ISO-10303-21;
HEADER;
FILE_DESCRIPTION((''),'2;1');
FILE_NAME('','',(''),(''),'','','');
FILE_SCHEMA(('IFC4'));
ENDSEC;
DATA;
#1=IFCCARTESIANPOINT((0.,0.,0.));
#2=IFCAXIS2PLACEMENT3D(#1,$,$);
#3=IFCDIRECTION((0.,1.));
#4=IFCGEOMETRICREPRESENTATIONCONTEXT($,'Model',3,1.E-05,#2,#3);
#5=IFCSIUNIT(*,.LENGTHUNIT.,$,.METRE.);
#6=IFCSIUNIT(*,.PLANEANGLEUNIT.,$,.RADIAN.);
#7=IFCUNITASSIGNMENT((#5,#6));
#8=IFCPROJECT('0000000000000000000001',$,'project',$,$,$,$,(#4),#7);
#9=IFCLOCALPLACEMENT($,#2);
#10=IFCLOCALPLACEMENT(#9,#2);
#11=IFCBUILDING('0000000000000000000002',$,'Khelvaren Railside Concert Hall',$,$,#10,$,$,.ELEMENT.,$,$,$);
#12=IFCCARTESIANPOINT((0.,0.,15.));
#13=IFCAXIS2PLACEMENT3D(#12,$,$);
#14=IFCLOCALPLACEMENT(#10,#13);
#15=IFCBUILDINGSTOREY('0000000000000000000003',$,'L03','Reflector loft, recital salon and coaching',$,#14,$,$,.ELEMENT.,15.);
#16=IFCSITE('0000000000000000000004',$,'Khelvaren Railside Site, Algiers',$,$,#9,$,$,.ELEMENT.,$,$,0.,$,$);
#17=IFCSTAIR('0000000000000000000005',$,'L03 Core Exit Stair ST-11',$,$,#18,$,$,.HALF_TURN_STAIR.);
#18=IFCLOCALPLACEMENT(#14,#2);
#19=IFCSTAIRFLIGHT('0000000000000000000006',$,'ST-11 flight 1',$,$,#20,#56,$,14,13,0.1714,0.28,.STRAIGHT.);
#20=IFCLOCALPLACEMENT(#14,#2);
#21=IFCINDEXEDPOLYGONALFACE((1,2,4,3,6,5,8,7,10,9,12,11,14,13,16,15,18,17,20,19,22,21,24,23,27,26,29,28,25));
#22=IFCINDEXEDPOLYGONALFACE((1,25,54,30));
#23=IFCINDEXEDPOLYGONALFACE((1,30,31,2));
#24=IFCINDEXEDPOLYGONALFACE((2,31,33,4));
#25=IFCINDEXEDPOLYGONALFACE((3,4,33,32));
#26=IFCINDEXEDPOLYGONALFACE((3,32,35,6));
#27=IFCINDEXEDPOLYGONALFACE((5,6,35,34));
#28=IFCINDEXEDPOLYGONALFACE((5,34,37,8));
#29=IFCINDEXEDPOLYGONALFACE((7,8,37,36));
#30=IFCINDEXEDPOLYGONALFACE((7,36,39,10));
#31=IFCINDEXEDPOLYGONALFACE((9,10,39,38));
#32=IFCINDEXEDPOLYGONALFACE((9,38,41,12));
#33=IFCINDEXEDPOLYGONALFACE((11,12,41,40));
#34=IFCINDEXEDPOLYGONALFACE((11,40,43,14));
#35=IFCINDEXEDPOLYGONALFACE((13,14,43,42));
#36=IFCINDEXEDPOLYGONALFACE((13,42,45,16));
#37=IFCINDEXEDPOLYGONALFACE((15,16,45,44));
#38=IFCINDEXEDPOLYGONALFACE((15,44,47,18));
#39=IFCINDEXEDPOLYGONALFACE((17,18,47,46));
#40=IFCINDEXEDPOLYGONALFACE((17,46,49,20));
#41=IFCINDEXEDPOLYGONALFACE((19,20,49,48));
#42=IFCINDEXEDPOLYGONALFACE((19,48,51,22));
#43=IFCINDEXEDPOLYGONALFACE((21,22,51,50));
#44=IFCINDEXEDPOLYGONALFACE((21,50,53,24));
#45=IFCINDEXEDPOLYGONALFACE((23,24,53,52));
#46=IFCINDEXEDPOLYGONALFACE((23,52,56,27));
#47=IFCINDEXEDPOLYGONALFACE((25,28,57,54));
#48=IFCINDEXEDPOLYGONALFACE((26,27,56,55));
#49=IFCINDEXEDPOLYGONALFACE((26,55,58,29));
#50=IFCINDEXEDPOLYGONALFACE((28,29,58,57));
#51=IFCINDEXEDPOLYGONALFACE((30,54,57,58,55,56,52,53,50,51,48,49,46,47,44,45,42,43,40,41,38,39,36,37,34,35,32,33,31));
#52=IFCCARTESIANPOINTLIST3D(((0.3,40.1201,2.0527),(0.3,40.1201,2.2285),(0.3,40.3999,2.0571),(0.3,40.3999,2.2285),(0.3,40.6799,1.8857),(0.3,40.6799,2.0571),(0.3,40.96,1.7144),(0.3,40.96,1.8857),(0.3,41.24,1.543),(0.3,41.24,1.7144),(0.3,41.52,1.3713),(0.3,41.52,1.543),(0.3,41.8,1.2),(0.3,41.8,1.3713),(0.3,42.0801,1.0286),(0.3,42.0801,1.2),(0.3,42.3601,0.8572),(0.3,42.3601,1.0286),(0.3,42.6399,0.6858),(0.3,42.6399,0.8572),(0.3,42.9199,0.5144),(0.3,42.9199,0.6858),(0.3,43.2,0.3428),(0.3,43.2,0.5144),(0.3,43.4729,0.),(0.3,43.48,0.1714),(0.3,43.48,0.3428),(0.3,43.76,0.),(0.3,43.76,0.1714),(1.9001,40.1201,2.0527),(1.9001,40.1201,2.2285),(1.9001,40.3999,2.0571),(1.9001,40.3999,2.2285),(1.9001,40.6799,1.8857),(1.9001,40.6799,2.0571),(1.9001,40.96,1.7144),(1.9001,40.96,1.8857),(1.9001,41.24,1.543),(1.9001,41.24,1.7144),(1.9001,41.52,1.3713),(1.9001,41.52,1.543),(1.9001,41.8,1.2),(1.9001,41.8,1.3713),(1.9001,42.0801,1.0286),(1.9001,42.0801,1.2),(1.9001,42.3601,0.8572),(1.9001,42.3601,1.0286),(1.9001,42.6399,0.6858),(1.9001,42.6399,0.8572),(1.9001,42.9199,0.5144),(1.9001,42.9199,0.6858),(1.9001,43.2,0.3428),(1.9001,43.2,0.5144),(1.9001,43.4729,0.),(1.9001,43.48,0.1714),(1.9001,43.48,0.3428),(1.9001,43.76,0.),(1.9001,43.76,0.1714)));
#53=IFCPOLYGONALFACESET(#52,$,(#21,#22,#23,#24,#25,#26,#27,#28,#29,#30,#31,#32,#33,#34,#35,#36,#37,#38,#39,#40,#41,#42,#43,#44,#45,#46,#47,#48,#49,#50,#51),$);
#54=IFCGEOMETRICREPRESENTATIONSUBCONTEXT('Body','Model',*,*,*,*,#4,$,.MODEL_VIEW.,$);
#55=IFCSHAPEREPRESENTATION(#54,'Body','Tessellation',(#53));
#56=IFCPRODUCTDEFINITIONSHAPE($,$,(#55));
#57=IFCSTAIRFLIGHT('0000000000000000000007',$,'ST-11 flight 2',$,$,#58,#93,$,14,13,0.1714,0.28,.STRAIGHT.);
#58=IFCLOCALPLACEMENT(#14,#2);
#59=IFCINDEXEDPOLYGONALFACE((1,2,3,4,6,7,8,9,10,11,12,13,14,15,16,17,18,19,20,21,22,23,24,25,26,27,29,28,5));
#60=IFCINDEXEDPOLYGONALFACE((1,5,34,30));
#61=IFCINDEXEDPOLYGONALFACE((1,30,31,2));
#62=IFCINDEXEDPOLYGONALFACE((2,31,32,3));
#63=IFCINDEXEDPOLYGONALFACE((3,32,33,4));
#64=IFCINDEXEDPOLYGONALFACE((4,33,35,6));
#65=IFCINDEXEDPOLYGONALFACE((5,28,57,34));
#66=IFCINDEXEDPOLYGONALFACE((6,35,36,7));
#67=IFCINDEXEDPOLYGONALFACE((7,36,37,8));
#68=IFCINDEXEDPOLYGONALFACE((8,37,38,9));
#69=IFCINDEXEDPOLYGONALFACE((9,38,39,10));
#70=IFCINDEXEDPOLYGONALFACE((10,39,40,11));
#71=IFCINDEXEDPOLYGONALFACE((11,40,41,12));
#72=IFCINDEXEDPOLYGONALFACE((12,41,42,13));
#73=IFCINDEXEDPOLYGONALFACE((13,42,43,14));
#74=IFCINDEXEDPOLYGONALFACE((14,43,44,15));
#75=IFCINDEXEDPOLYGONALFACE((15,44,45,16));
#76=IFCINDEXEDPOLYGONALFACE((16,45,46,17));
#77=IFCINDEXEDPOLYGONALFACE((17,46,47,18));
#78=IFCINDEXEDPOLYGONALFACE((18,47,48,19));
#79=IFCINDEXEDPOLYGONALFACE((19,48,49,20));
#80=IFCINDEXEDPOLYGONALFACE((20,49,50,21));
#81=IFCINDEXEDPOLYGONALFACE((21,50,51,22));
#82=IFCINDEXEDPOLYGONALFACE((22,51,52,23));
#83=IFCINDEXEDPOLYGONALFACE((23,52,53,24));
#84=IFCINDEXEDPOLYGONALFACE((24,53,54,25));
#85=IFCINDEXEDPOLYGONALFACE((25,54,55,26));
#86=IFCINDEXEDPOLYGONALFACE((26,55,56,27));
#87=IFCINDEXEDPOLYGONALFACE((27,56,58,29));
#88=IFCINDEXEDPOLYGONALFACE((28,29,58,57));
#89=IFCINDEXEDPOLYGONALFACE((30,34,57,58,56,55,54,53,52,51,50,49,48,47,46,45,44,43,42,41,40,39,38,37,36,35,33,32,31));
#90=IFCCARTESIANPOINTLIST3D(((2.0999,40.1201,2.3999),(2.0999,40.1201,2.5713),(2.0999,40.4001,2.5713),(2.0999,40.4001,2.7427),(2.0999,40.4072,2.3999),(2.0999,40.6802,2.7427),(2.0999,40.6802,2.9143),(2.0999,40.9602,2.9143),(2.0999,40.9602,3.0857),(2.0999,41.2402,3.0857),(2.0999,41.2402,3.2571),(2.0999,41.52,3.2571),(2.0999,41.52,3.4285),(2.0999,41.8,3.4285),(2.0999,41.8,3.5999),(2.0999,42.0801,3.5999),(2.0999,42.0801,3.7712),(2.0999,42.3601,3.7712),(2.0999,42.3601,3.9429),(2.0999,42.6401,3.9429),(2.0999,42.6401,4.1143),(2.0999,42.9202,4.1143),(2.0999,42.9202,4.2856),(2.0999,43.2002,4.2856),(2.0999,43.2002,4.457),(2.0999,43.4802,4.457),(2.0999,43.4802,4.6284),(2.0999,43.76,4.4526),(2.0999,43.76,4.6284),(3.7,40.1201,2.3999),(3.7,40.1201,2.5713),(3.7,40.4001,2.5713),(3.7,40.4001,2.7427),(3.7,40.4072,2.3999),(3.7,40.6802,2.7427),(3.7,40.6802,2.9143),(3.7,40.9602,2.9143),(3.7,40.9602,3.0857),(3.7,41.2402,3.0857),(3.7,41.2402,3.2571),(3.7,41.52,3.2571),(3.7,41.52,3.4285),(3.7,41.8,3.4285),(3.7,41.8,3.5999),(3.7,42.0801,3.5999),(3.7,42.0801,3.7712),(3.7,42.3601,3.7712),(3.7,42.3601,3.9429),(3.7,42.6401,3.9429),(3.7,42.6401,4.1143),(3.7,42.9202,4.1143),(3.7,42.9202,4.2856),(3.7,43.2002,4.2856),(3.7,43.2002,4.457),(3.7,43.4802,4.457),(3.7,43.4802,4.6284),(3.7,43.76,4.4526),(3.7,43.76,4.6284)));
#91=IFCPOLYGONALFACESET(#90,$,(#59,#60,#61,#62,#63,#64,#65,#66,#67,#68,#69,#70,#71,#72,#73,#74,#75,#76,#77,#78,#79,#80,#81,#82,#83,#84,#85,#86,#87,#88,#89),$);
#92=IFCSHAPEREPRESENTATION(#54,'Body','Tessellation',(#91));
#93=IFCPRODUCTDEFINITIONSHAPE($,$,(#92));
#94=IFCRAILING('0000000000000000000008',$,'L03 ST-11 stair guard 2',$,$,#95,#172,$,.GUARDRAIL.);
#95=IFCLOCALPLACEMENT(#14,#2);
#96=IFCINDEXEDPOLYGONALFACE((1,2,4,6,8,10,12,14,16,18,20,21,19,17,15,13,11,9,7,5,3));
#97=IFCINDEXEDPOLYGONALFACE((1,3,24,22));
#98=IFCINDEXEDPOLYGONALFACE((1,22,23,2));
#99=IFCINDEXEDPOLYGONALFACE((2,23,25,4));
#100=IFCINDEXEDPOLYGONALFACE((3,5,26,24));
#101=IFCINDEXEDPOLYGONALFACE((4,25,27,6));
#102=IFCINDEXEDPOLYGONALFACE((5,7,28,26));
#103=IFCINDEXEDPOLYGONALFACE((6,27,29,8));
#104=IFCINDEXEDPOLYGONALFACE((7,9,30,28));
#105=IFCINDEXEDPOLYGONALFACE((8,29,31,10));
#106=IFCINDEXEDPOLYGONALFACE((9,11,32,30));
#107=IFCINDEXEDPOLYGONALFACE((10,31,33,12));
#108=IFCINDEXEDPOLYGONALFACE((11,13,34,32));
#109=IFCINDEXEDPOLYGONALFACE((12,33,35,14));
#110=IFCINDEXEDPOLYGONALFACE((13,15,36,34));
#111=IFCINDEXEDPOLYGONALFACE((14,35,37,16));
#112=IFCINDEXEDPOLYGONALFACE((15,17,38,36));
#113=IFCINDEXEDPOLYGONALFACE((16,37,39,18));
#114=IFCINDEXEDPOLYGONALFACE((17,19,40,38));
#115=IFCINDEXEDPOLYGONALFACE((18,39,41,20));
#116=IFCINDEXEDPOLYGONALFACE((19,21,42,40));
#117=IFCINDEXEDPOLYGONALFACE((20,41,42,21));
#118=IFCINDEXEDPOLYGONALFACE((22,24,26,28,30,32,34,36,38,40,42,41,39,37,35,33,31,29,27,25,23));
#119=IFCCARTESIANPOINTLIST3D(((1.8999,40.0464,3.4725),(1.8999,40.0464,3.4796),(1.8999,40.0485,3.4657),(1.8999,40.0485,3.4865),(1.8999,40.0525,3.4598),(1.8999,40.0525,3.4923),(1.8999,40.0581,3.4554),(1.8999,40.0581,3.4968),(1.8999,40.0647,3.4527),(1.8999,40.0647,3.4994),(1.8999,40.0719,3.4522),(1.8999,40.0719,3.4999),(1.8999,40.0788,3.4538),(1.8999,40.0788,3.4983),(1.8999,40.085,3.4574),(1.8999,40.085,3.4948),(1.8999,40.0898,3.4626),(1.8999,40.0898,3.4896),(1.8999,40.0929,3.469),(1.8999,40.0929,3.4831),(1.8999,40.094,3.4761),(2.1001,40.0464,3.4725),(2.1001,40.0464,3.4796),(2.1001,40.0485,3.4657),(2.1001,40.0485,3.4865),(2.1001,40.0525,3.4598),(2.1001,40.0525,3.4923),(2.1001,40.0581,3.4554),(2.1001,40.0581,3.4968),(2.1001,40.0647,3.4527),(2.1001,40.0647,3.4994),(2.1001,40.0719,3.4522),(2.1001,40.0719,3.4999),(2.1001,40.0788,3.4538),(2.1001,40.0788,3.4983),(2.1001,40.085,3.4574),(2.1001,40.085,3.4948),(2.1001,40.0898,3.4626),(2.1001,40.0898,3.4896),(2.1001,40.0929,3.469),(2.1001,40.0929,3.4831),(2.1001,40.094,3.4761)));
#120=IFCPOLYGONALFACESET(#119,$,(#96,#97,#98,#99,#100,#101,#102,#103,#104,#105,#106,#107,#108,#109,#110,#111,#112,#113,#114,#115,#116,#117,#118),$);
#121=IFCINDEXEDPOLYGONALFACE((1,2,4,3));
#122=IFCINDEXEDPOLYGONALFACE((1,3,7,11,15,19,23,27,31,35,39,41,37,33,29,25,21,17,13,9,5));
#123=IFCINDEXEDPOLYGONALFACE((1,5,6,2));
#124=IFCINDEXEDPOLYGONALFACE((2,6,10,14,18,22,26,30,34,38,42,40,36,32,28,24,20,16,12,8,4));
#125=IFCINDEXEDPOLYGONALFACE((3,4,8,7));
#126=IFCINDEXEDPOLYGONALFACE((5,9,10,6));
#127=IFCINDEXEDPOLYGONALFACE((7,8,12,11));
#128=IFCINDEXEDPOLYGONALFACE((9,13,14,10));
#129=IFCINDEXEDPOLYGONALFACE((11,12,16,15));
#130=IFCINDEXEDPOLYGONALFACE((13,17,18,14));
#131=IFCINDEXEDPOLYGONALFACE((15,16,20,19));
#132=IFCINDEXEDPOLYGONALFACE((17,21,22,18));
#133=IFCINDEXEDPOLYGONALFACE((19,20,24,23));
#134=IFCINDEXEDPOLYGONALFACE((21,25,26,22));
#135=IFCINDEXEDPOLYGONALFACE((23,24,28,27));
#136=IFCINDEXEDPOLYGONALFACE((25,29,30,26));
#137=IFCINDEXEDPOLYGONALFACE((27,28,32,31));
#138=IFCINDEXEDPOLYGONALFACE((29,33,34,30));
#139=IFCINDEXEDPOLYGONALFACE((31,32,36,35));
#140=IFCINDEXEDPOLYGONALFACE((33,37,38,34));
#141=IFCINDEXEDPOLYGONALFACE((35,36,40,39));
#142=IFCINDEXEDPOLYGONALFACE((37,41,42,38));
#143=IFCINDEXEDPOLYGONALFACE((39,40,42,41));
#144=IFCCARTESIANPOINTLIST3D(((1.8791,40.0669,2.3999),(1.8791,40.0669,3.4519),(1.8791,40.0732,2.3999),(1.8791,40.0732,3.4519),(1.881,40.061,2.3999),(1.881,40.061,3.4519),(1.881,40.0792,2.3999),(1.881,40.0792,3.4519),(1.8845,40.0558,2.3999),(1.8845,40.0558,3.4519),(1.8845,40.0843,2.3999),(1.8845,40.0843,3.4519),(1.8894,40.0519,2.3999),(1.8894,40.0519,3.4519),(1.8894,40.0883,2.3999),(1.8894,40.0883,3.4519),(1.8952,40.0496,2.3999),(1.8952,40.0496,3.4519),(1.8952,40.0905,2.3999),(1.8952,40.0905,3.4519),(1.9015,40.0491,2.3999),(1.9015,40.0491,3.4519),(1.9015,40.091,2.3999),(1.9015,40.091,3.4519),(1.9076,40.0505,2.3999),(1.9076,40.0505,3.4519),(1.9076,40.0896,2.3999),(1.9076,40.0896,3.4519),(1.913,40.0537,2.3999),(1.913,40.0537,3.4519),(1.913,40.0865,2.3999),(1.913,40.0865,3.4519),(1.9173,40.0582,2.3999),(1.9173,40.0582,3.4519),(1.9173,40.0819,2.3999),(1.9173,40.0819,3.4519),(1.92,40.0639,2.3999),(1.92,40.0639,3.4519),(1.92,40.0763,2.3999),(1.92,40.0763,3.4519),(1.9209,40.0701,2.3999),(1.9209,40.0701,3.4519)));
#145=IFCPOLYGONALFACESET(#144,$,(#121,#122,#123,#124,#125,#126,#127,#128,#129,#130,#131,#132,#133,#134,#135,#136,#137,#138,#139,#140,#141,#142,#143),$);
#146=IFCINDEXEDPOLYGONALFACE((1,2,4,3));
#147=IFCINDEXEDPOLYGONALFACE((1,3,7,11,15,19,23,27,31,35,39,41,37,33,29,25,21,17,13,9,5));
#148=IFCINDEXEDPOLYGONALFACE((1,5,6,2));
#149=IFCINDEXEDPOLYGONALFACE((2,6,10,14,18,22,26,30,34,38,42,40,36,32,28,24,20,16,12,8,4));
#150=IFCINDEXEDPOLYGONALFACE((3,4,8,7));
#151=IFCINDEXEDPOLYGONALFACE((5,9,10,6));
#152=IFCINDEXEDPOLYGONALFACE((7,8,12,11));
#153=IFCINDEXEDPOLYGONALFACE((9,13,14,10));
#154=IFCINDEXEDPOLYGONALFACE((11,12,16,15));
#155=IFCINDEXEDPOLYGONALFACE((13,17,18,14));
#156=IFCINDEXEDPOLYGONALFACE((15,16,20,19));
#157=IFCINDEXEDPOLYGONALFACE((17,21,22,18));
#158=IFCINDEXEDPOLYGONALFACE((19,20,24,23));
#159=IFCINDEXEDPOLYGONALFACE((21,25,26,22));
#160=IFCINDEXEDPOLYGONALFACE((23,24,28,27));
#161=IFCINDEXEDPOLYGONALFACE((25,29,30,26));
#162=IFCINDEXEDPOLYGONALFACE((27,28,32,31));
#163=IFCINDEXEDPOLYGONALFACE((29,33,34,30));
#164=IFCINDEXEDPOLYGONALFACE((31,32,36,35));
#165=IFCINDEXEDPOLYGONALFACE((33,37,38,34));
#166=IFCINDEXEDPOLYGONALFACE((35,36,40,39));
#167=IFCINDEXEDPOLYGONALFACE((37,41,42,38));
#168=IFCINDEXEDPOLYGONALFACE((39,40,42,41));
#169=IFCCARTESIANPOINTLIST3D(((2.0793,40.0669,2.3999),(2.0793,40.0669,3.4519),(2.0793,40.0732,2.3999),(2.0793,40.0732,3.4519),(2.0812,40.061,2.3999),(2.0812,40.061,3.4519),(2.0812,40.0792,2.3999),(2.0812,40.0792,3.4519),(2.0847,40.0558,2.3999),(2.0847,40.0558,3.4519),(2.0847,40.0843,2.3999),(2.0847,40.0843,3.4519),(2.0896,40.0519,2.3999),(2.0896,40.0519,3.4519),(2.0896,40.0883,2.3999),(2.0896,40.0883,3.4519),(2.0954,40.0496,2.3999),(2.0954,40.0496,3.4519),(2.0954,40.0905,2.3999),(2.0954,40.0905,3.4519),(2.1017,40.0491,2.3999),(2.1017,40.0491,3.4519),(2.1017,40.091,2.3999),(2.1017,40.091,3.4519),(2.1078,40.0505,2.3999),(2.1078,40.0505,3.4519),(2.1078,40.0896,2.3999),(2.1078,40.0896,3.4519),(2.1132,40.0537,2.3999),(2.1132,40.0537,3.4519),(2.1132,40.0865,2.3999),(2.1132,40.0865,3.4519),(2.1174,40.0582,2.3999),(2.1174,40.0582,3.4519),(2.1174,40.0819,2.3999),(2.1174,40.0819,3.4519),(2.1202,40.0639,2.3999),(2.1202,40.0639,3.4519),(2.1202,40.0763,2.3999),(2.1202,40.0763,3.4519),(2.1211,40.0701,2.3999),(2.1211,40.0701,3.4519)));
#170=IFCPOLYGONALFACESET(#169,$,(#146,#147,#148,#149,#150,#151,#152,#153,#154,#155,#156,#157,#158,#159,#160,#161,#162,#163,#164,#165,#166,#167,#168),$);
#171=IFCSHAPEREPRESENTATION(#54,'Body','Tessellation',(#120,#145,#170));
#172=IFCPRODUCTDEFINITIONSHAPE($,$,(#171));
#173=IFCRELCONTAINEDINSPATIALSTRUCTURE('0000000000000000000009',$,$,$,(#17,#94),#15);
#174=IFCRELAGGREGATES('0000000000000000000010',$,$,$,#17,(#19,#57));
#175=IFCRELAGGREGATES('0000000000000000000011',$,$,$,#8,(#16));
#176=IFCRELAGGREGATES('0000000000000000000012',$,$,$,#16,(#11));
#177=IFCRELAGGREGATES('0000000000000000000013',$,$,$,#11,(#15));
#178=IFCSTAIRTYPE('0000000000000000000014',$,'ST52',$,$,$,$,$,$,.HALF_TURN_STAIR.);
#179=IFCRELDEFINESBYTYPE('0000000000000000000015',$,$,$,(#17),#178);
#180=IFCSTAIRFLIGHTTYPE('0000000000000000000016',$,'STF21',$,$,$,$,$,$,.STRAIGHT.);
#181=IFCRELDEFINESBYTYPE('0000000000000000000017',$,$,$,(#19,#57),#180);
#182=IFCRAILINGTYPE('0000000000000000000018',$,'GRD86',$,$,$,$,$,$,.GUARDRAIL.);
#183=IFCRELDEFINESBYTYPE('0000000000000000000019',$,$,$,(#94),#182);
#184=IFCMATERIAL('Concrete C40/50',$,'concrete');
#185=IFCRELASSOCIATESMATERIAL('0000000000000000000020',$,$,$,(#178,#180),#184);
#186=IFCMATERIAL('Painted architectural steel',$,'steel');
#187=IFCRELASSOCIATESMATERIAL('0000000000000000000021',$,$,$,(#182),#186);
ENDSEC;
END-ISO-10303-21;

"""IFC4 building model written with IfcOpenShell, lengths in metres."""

from ifc_helpers import new_model, si_unit, direction, frame, origin, origin_2d, place, context, subcontext, project, spatial, polyline, circle, outline, extrude, material, type_object, element, aggregate, save


model = new_model("IFC4")

# Units and contexts
model_context = context("Model", 3, precision=1e-05, world=origin(), true_north=direction((0.0, 1.0)))
body_context = subcontext(model_context, "Body", "Model", "MODEL_VIEW")
ifc_project = project(units=[si_unit("LENGTHUNIT", "METRE"), si_unit("PLANEANGLEUNIT", "RADIAN")], contexts=[model_context])

# Site, building, storey
site_placement = place(None, origin())
site = spatial("IfcSite", under=ifc_project, at=site_placement, Name="Khelvaren Railside Site, Algiers", CompositionType="ELEMENT", RefElevation=0.0)
building_placement = place(site_placement, origin())
building = spatial("IfcBuilding", under=site, at=building_placement, Name="Khelvaren Railside Concert Hall", CompositionType="ELEMENT")
storey_placement = place(building_placement, frame((0.0, 0.0, 15.0)))
storey = spatial("IfcBuildingStorey", under=building, at=storey_placement, Name="L03", Description="Reflector loft, recital salon and coaching", CompositionType="ELEMENT", Elevation=15.0)

# Shared definitions
ifc_material_1 = material(Name="Concrete C40/50", Category="concrete")

# Stair, stair flights
stair_type = type_object("IfcStairType", Name="ST52", PredefinedType="HALF_TURN_STAIR", material=ifc_material_1)
stair_placement = place(storey_placement, origin())
stair = element("IfcStair", 1, at=stair_placement, inside=storey, type_object=stair_type, Name="L03 Core Exit Stair ST-11", PredefinedType="HALF_TURN_STAIR")
stair_flight_type = type_object("IfcStairFlightType", Name="STF21", PredefinedType="STRAIGHT", material=ifc_material_1)
stair_flight_1_placement = place(storey_placement, frame((1.1001, 43.76, 0.0), z_axis=(0.0, 0.0, 1.0), x_axis=(0.0, -1.0, 0.0)))
stair_flight_1 = element("IfcStairFlight", 2, at=stair_flight_1_placement, type_object=stair_flight_type, Name="ST-11 flight 1", NumberOfRisers=14, NumberOfTreads=13, PredefinedType="STRAIGHT", RiserHeight=0.1714, TreadLength=0.28, context=body_context, shape_type="SweptSolid", body=[
    extrude(outline(polyline([(0.0, 0.0), (0.0, 0.1714), (0.28, 0.1714), (0.28, 0.3428), (0.5601, 0.3428), (0.5601, 0.5144), (0.8401, 0.5144), (0.8401, 0.6858), (1.1201, 0.6858), (1.1201, 0.8572), (1.3999, 0.8572), (1.3999, 1.0286), (1.6799, 1.0286), (1.6799, 1.2), (1.96, 1.2), (1.96, 1.3713), (2.24, 1.3713), (2.24, 1.543), (2.52, 1.543), (2.52, 1.7144), (2.8, 1.7144), (2.8, 1.8857), (3.0801, 1.8857), (3.0801, 2.0571), (3.3601, 2.0571), (3.3601, 2.2285), (3.6399, 2.2285), (3.6399, 2.3999), (3.6399, 2.0527), (0.2871, 0.0), (0.0, 0.0)])), frame((0.0, 0.8, 0.0), z_axis=(0.0, -1.0, 0.0), x_axis=(1.0, 0.0, 0.0)), (0.0, 0.0, 1.0), 1.6001),
])
stair_flight_2_placement = place(storey_placement, frame((2.8999, 40.1201, 2.3999), z_axis=(0.0, 0.0, 1.0), x_axis=(0.0, 1.0, 0.0)))
stair_flight_2 = element("IfcStairFlight", 3, at=stair_flight_2_placement, type_object=stair_flight_type, Name="ST-11 flight 2", NumberOfRisers=14, NumberOfTreads=13, PredefinedType="STRAIGHT", RiserHeight=0.1714, TreadLength=0.28, context=body_context, shape_type="SweptSolid", body=[
    extrude(outline(polyline([(0.0, 0.0), (0.0, 0.1714), (0.28, 0.1714), (0.28, 0.3428), (0.5601, 0.3428), (0.5601, 0.5144), (0.8401, 0.5144), (0.8401, 0.6858), (1.1201, 0.6858), (1.1201, 0.8572), (1.3999, 0.8572), (1.3999, 1.0286), (1.6799, 1.0286), (1.6799, 1.2), (1.96, 1.2), (1.96, 1.3713), (2.24, 1.3713), (2.24, 1.543), (2.52, 1.543), (2.52, 1.7144), (2.8, 1.7144), (2.8, 1.8857), (3.0801, 1.8857), (3.0801, 2.0571), (3.3601, 2.0571), (3.3601, 2.2285), (3.6399, 2.2285), (3.6399, 2.3999), (3.6399, 2.0527), (0.2871, 0.0), (0.0, 0.0)])), frame((0.0, 0.8, 0.0), z_axis=(0.0, -1.0, 0.0), x_axis=(1.0, 0.0, 0.0)), (0.0, 0.0, 1.0), 1.6001),
])
aggregate(stair, [stair_flight_1, stair_flight_2])

# Railing
ifc_material_2 = material(Name="Painted architectural steel", Category="steel")
railing_type_1 = type_object("IfcRailingType", Name="GRD86", PredefinedType="GUARDRAIL", material=ifc_material_2)
railing_1_placement = place(storey_placement, frame((1.8999, 40.0701, 2.3999)))
element("IfcRailing", 4, at=railing_1_placement, inside=storey, type_object=railing_type_1, Name="L03 ST-11 stair guard 2", PredefinedType="GUARDRAIL", context=body_context, shape_type="SweptSolid", body=[
    extrude(circle(Radius=0.0239, at=origin_2d()), frame((0.0, 0.0, 1.0762), z_axis=(1.0, 0.0, 0.0), x_axis=(0.0, 1.0, 0.0)), (0.0, 0.0, 1.0), 0.2002),
    extrude(circle(Radius=0.021, at=origin_2d()), origin(), (0.0, 0.0, 1.0), 1.052),
    extrude(circle(Radius=0.021, at=origin_2d()), frame((0.2002, 0.0, 0.0)), (0.0, 0.0, 1.0), 1.052),
])

save(model, "model.ifc")
